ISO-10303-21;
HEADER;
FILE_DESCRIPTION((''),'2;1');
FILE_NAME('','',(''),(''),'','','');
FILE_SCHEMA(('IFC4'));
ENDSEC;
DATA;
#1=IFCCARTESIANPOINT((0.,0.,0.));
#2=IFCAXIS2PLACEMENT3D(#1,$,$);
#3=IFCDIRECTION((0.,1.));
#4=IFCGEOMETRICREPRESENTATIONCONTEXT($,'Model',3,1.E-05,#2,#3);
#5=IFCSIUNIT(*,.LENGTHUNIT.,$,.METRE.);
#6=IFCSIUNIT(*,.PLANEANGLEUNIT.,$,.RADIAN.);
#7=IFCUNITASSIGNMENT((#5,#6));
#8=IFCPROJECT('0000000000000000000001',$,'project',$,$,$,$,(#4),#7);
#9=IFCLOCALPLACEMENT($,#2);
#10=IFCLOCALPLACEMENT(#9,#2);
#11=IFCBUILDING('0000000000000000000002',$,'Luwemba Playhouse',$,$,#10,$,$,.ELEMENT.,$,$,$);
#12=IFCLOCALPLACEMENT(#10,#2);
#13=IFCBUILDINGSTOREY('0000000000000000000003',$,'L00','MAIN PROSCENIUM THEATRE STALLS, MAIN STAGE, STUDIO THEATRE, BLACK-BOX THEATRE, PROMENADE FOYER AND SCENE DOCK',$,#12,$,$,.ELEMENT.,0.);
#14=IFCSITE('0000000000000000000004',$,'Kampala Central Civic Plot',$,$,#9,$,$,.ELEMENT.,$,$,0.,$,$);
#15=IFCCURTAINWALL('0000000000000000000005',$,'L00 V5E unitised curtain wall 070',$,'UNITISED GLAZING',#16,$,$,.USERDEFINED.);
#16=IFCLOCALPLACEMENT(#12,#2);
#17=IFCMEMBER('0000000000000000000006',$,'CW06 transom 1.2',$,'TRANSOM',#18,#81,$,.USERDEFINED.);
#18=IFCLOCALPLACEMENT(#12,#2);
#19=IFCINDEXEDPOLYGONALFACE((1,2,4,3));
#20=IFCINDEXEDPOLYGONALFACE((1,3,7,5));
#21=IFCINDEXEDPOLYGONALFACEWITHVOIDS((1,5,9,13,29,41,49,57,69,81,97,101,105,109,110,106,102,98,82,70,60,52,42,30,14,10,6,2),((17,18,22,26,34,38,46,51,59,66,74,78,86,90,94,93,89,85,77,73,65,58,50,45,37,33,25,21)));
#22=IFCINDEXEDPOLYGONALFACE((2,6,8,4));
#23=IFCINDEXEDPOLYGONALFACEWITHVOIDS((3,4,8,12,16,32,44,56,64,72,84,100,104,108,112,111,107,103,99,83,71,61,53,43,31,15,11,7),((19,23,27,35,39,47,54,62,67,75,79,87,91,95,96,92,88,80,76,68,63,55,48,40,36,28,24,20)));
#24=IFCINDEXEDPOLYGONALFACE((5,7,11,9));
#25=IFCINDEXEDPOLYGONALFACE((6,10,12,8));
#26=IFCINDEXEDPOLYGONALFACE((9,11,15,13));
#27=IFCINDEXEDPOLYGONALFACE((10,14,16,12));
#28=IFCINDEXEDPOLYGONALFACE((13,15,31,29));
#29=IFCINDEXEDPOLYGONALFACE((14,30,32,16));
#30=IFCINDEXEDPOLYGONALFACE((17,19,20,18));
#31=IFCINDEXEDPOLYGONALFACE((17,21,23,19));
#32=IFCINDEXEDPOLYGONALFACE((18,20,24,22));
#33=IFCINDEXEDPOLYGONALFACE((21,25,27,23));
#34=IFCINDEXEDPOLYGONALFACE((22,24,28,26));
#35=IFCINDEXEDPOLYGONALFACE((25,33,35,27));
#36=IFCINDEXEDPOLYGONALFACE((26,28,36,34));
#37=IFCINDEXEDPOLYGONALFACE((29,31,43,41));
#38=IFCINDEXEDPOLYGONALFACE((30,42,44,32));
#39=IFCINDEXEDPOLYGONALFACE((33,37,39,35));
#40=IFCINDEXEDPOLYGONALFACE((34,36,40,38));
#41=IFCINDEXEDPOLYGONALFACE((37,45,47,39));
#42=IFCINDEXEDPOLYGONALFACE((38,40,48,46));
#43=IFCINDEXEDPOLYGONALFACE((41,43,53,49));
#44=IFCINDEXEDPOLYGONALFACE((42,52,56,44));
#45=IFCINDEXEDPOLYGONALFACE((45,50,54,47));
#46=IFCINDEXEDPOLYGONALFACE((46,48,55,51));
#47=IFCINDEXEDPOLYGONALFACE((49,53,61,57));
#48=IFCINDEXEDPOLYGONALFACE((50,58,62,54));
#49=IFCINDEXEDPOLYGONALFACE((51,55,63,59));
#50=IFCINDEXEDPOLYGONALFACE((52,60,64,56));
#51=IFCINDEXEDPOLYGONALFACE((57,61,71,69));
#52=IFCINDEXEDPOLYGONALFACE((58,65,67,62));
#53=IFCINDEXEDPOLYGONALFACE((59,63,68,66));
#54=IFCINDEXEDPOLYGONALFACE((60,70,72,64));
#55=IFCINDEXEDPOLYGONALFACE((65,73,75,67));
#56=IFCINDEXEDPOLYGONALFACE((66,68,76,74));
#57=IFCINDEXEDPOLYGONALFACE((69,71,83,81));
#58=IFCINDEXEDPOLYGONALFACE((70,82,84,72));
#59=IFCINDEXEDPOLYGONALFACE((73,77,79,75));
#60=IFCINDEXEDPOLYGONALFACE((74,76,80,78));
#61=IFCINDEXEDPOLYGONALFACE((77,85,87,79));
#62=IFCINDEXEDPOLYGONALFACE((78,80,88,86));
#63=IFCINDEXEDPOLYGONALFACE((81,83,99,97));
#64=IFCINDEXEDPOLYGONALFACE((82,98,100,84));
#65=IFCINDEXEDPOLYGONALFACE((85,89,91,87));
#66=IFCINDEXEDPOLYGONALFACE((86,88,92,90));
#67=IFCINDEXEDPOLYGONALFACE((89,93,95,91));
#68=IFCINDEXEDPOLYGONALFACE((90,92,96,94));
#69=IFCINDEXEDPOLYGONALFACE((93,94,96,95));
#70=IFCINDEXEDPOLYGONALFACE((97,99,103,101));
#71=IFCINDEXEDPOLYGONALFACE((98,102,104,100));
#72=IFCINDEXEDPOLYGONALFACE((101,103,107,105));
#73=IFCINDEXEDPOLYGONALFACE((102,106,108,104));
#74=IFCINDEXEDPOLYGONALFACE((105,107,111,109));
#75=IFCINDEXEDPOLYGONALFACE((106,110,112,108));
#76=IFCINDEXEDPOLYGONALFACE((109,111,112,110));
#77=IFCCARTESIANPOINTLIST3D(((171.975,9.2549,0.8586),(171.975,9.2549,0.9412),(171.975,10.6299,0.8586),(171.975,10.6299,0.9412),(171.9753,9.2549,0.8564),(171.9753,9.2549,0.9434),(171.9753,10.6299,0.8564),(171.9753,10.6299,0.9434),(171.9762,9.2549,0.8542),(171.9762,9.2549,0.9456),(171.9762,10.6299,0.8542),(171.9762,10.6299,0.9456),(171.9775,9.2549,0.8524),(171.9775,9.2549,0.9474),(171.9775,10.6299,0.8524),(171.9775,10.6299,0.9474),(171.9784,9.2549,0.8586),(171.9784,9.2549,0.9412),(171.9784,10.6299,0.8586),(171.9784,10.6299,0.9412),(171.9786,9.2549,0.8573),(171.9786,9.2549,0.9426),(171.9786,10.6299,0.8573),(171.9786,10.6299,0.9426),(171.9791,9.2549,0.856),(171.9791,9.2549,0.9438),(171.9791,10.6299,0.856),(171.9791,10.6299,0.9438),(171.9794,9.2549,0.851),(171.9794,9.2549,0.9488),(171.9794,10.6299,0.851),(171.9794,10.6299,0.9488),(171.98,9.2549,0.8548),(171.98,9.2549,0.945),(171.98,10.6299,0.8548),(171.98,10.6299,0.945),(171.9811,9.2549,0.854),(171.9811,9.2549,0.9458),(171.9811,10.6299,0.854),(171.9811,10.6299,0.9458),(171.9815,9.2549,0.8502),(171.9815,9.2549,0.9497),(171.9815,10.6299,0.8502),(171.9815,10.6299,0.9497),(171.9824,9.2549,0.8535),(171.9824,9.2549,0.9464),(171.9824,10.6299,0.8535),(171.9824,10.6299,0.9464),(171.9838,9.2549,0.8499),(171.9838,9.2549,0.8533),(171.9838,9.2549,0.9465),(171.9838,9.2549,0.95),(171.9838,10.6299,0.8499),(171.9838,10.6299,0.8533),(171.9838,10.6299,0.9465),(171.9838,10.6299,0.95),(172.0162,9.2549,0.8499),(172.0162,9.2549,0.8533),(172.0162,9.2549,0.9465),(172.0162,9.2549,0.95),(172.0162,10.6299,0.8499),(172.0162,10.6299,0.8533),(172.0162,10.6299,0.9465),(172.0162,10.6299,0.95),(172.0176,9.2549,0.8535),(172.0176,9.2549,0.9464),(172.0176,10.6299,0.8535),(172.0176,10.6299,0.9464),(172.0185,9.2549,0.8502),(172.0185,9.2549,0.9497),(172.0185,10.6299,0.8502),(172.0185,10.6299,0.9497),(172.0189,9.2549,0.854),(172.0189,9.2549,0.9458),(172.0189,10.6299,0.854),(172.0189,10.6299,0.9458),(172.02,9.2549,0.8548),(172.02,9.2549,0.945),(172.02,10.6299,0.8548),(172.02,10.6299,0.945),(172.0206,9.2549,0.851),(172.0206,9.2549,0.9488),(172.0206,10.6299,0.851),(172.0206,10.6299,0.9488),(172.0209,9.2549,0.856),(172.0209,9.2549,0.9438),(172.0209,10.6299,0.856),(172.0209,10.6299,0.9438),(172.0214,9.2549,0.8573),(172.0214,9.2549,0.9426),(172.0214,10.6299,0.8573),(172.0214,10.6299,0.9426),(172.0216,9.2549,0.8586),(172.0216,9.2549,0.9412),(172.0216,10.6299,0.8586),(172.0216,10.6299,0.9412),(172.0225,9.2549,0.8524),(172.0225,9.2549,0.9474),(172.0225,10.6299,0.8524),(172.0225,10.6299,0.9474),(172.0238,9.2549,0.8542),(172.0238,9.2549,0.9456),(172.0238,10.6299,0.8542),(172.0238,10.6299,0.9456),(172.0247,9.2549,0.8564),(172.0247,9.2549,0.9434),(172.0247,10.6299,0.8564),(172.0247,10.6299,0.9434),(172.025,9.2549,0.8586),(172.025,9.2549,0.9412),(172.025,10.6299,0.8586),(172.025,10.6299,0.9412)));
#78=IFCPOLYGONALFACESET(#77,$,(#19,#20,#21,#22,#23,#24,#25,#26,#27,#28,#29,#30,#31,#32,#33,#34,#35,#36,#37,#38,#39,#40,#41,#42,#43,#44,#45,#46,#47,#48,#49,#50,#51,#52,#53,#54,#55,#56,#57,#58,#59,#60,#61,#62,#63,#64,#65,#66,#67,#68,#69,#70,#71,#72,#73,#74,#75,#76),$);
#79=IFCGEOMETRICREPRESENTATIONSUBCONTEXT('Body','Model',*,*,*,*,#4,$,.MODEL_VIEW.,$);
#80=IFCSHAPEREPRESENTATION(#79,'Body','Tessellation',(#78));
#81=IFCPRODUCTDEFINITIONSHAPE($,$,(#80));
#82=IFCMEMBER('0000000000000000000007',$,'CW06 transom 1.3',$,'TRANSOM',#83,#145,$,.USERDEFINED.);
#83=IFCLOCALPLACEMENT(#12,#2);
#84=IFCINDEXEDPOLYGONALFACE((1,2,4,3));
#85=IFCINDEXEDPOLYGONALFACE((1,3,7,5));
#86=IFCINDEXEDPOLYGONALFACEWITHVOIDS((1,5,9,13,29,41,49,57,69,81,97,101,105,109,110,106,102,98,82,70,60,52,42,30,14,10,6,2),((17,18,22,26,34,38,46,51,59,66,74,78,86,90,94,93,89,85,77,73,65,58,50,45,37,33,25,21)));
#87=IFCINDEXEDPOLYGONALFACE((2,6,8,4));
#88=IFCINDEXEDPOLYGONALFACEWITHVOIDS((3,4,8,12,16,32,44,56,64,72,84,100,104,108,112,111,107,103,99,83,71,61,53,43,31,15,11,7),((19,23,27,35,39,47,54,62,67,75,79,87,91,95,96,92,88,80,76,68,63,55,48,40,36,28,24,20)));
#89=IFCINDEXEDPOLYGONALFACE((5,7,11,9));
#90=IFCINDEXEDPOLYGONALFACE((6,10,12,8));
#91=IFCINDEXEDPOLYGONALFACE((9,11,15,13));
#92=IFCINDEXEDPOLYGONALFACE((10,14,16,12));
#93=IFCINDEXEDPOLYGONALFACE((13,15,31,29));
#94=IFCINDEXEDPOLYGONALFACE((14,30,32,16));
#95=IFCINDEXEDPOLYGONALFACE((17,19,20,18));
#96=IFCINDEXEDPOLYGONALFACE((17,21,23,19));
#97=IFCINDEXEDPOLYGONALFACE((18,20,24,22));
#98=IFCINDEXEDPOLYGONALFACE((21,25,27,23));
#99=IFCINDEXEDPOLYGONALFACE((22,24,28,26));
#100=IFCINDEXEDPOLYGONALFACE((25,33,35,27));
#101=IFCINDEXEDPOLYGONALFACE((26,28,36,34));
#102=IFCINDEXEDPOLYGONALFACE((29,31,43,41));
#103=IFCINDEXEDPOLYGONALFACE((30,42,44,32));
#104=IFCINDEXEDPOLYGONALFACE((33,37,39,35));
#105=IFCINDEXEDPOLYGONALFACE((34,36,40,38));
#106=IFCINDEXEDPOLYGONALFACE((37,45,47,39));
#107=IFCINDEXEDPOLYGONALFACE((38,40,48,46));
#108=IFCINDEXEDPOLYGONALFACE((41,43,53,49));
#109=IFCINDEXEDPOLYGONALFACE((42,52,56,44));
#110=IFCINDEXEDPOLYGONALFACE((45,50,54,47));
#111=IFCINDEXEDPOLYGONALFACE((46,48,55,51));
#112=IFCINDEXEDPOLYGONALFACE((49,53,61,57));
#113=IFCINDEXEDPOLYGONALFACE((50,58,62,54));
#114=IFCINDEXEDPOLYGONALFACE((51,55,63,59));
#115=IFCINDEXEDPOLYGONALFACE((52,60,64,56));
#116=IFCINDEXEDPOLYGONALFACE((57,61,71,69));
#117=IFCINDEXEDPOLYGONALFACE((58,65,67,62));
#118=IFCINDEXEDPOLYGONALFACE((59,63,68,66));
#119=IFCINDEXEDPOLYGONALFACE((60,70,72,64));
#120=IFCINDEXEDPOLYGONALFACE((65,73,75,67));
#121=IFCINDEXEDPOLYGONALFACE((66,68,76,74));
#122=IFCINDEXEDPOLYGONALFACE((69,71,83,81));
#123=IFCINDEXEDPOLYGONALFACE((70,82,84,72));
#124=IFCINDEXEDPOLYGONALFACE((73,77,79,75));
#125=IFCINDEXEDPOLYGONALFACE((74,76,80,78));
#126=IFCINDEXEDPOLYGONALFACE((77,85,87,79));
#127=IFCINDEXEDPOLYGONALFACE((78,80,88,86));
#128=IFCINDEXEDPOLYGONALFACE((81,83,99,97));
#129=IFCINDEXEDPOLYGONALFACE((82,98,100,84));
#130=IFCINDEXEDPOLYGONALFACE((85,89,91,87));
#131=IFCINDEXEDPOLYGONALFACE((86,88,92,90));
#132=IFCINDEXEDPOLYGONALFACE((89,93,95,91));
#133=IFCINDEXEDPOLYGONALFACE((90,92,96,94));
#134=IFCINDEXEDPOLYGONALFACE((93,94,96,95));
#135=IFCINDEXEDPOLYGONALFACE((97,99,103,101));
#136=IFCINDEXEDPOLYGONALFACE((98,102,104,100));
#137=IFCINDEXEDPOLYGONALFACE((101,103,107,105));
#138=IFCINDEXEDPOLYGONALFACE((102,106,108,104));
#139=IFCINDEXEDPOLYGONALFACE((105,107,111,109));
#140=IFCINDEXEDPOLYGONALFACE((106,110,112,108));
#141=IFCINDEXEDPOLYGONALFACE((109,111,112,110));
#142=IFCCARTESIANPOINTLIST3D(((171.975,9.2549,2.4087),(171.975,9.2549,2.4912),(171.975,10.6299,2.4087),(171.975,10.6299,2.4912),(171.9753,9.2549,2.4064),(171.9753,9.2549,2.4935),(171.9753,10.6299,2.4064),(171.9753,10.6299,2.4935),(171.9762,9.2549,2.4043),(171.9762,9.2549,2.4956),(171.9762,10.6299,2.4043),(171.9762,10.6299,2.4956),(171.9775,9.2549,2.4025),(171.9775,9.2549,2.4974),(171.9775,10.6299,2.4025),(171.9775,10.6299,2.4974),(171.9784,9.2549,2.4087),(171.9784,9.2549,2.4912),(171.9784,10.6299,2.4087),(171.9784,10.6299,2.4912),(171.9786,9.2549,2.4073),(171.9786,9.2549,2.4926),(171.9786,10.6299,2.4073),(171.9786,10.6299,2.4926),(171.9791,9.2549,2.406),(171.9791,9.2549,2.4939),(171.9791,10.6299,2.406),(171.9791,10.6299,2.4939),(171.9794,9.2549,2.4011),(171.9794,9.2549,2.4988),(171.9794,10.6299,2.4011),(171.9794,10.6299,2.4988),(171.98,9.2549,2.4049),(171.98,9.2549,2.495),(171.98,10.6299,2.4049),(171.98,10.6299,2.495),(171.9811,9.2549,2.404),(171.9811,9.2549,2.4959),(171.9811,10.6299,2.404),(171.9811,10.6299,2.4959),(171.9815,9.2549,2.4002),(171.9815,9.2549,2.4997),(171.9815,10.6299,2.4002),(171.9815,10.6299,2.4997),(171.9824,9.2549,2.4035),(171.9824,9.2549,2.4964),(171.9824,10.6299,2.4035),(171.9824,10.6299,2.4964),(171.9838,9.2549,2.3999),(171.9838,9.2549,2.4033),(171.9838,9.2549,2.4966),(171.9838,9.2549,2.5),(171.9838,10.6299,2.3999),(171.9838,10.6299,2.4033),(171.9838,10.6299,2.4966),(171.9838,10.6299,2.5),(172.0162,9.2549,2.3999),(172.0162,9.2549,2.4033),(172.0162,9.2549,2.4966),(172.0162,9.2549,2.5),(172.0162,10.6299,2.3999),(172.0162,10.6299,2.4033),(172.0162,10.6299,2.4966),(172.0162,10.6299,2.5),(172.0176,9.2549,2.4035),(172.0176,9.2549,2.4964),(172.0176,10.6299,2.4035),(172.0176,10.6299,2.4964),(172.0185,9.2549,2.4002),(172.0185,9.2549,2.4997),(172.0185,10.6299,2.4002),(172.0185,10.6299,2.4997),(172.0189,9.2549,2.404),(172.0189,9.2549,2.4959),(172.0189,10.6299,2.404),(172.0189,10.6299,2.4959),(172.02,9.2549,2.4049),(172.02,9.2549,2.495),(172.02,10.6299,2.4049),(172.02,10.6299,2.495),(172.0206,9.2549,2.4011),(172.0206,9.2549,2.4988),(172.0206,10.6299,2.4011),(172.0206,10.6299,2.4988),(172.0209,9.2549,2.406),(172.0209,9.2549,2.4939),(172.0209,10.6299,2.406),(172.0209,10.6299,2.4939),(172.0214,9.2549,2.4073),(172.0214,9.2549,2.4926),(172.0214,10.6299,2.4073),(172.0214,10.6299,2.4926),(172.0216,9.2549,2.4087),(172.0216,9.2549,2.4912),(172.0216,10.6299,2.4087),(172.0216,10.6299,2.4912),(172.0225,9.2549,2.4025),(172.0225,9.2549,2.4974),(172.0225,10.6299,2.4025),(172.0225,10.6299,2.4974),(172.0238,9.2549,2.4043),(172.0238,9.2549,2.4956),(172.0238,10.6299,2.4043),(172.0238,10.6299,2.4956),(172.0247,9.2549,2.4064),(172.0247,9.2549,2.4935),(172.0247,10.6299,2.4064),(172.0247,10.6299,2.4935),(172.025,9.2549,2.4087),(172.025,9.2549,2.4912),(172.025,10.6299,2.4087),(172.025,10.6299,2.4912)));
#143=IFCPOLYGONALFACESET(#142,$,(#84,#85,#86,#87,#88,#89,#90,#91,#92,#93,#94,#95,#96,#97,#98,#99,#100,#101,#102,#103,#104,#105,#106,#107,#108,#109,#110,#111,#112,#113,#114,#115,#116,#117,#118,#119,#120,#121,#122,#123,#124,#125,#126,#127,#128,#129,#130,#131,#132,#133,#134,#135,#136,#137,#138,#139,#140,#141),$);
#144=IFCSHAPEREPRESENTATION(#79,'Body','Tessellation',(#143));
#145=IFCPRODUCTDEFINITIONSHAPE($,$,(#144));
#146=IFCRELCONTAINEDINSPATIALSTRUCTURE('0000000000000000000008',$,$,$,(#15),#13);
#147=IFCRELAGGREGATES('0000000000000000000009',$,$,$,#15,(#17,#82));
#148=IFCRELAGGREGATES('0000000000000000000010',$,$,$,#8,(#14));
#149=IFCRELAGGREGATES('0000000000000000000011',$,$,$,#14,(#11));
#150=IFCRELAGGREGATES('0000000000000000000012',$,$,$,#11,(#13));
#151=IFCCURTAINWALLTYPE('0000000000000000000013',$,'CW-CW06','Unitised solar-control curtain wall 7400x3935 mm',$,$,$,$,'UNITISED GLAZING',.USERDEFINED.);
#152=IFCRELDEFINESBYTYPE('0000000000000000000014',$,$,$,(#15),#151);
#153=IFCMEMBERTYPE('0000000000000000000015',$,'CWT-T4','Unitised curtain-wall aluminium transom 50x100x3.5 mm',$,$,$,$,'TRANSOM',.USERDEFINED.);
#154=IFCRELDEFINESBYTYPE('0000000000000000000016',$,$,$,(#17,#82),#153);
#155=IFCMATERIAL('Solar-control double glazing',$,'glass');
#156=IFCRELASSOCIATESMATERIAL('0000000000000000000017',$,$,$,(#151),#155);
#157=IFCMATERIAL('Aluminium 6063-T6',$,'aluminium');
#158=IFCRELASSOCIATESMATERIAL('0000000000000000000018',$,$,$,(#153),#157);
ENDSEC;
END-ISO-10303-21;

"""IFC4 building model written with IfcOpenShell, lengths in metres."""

from ifc_helpers import new_model, si_unit, direction, frame, origin, origin_2d, place, context, subcontext, project, spatial, hollow_rectangle, extrude, material, material_profile, profile_set, type_object, element, aggregate, save


model = new_model("IFC4")

# Units and contexts
model_context = context("Model", 3, precision=1e-05, world=origin(), true_north=direction((0.0, 1.0)))
body_context = subcontext(model_context, "Body", "Model", "MODEL_VIEW")
ifc_project = project(units=[si_unit("LENGTHUNIT", "METRE"), si_unit("PLANEANGLEUNIT", "RADIAN")], contexts=[model_context])

# Site, building, storey
site_placement = place(None, origin())
site = spatial("IfcSite", under=ifc_project, at=site_placement, Name="Kampala Central Civic Plot", CompositionType="ELEMENT", RefElevation=0.0)
building_placement = place(site_placement, origin())
building = spatial("IfcBuilding", under=site, at=building_placement, Name="Luwemba Playhouse", CompositionType="ELEMENT")
storey_placement = place(building_placement, origin())
storey = spatial("IfcBuildingStorey", under=building, at=storey_placement, Name="L00", Description="MAIN PROSCENIUM THEATRE STALLS, MAIN STAGE, STUDIO THEATRE, BLACK-BOX THEATRE, PROMENADE FOYER AND SCENE DOCK", CompositionType="ELEMENT", Elevation=0.0)

# Shared definitions
ifc_material_1 = material(Name="Solar-control double glazing", Category="glass")
ifc_material_2 = material(Name="Aluminium 6063-T6", Category="aluminium")

# Curtain wall
curtain_wall_type_1 = type_object("IfcCurtainWallType", Name="CW-CW06", Description="Unitised solar-control curtain wall 7400x3935 mm", ElementType="UNITISED GLAZING", PredefinedType="USERDEFINED", material=ifc_material_1)
curtain_wall_1_placement = place(storey_placement, origin())
curtain_wall_1 = element("IfcCurtainWall", 1, at=curtain_wall_1_placement, inside=storey, type_object=curtain_wall_type_1, Name="L00 V5E unitised curtain wall 070", ObjectType="UNITISED GLAZING", PredefinedType="USERDEFINED")

# Members
ifc_material_profile_1 = material_profile(ifc_material_2, hollow_rectangle(XDim=0.05, YDim=0.1001, WallThickness=0.0034, InnerFilletRadius=0.0054, OuterFilletRadius=0.0088, at=origin_2d()))
ifc_profile_set_1 = profile_set([ifc_material_profile_1], Name="Aluminium 6063-T6")
member_type_1 = type_object("IfcMemberType", Name="CWT-T4", Description="Unitised curtain-wall aluminium transom 50x100x3.5 mm", ElementType="TRANSOM", PredefinedType="USERDEFINED", material=ifc_profile_set_1)
member_1_placement = place(storey_placement, frame((172.0, 10.6299, 0.8999), z_axis=(0.0, -1.0, 0.0), x_axis=(1.0, 0.0, 0.0)))
member_1 = element("IfcMember", 2, at=member_1_placement, type_object=member_type_1, Name="CW06 transom 1.2", ObjectType="TRANSOM", PredefinedType="USERDEFINED", context=body_context, shape_type="SweptSolid", body=[
    extrude(hollow_rectangle(XDim=0.05, YDim=0.1001, WallThickness=0.0034, InnerFilletRadius=0.0054, OuterFilletRadius=0.0088, at=origin_2d()), origin(), (0.0, 0.0, 1.0), 1.375),
])
member_2_placement = place(storey_placement, frame((172.0, 10.6299, 2.45), z_axis=(0.0, -1.0, 0.0), x_axis=(1.0, 0.0, 0.0)))
member_2 = element("IfcMember", 3, at=member_2_placement, type_object=member_type_1, Name="CW06 transom 1.3", ObjectType="TRANSOM", PredefinedType="USERDEFINED", context=body_context, shape_type="SweptSolid", body=[
    extrude(hollow_rectangle(XDim=0.05, YDim=0.1001, WallThickness=0.0034, InnerFilletRadius=0.0054, OuterFilletRadius=0.0088, at=origin_2d()), origin(), (0.0, 0.0, 1.0), 1.375),
])

aggregate(curtain_wall_1, [member_1, member_2])

save(model, "model.ifc")
